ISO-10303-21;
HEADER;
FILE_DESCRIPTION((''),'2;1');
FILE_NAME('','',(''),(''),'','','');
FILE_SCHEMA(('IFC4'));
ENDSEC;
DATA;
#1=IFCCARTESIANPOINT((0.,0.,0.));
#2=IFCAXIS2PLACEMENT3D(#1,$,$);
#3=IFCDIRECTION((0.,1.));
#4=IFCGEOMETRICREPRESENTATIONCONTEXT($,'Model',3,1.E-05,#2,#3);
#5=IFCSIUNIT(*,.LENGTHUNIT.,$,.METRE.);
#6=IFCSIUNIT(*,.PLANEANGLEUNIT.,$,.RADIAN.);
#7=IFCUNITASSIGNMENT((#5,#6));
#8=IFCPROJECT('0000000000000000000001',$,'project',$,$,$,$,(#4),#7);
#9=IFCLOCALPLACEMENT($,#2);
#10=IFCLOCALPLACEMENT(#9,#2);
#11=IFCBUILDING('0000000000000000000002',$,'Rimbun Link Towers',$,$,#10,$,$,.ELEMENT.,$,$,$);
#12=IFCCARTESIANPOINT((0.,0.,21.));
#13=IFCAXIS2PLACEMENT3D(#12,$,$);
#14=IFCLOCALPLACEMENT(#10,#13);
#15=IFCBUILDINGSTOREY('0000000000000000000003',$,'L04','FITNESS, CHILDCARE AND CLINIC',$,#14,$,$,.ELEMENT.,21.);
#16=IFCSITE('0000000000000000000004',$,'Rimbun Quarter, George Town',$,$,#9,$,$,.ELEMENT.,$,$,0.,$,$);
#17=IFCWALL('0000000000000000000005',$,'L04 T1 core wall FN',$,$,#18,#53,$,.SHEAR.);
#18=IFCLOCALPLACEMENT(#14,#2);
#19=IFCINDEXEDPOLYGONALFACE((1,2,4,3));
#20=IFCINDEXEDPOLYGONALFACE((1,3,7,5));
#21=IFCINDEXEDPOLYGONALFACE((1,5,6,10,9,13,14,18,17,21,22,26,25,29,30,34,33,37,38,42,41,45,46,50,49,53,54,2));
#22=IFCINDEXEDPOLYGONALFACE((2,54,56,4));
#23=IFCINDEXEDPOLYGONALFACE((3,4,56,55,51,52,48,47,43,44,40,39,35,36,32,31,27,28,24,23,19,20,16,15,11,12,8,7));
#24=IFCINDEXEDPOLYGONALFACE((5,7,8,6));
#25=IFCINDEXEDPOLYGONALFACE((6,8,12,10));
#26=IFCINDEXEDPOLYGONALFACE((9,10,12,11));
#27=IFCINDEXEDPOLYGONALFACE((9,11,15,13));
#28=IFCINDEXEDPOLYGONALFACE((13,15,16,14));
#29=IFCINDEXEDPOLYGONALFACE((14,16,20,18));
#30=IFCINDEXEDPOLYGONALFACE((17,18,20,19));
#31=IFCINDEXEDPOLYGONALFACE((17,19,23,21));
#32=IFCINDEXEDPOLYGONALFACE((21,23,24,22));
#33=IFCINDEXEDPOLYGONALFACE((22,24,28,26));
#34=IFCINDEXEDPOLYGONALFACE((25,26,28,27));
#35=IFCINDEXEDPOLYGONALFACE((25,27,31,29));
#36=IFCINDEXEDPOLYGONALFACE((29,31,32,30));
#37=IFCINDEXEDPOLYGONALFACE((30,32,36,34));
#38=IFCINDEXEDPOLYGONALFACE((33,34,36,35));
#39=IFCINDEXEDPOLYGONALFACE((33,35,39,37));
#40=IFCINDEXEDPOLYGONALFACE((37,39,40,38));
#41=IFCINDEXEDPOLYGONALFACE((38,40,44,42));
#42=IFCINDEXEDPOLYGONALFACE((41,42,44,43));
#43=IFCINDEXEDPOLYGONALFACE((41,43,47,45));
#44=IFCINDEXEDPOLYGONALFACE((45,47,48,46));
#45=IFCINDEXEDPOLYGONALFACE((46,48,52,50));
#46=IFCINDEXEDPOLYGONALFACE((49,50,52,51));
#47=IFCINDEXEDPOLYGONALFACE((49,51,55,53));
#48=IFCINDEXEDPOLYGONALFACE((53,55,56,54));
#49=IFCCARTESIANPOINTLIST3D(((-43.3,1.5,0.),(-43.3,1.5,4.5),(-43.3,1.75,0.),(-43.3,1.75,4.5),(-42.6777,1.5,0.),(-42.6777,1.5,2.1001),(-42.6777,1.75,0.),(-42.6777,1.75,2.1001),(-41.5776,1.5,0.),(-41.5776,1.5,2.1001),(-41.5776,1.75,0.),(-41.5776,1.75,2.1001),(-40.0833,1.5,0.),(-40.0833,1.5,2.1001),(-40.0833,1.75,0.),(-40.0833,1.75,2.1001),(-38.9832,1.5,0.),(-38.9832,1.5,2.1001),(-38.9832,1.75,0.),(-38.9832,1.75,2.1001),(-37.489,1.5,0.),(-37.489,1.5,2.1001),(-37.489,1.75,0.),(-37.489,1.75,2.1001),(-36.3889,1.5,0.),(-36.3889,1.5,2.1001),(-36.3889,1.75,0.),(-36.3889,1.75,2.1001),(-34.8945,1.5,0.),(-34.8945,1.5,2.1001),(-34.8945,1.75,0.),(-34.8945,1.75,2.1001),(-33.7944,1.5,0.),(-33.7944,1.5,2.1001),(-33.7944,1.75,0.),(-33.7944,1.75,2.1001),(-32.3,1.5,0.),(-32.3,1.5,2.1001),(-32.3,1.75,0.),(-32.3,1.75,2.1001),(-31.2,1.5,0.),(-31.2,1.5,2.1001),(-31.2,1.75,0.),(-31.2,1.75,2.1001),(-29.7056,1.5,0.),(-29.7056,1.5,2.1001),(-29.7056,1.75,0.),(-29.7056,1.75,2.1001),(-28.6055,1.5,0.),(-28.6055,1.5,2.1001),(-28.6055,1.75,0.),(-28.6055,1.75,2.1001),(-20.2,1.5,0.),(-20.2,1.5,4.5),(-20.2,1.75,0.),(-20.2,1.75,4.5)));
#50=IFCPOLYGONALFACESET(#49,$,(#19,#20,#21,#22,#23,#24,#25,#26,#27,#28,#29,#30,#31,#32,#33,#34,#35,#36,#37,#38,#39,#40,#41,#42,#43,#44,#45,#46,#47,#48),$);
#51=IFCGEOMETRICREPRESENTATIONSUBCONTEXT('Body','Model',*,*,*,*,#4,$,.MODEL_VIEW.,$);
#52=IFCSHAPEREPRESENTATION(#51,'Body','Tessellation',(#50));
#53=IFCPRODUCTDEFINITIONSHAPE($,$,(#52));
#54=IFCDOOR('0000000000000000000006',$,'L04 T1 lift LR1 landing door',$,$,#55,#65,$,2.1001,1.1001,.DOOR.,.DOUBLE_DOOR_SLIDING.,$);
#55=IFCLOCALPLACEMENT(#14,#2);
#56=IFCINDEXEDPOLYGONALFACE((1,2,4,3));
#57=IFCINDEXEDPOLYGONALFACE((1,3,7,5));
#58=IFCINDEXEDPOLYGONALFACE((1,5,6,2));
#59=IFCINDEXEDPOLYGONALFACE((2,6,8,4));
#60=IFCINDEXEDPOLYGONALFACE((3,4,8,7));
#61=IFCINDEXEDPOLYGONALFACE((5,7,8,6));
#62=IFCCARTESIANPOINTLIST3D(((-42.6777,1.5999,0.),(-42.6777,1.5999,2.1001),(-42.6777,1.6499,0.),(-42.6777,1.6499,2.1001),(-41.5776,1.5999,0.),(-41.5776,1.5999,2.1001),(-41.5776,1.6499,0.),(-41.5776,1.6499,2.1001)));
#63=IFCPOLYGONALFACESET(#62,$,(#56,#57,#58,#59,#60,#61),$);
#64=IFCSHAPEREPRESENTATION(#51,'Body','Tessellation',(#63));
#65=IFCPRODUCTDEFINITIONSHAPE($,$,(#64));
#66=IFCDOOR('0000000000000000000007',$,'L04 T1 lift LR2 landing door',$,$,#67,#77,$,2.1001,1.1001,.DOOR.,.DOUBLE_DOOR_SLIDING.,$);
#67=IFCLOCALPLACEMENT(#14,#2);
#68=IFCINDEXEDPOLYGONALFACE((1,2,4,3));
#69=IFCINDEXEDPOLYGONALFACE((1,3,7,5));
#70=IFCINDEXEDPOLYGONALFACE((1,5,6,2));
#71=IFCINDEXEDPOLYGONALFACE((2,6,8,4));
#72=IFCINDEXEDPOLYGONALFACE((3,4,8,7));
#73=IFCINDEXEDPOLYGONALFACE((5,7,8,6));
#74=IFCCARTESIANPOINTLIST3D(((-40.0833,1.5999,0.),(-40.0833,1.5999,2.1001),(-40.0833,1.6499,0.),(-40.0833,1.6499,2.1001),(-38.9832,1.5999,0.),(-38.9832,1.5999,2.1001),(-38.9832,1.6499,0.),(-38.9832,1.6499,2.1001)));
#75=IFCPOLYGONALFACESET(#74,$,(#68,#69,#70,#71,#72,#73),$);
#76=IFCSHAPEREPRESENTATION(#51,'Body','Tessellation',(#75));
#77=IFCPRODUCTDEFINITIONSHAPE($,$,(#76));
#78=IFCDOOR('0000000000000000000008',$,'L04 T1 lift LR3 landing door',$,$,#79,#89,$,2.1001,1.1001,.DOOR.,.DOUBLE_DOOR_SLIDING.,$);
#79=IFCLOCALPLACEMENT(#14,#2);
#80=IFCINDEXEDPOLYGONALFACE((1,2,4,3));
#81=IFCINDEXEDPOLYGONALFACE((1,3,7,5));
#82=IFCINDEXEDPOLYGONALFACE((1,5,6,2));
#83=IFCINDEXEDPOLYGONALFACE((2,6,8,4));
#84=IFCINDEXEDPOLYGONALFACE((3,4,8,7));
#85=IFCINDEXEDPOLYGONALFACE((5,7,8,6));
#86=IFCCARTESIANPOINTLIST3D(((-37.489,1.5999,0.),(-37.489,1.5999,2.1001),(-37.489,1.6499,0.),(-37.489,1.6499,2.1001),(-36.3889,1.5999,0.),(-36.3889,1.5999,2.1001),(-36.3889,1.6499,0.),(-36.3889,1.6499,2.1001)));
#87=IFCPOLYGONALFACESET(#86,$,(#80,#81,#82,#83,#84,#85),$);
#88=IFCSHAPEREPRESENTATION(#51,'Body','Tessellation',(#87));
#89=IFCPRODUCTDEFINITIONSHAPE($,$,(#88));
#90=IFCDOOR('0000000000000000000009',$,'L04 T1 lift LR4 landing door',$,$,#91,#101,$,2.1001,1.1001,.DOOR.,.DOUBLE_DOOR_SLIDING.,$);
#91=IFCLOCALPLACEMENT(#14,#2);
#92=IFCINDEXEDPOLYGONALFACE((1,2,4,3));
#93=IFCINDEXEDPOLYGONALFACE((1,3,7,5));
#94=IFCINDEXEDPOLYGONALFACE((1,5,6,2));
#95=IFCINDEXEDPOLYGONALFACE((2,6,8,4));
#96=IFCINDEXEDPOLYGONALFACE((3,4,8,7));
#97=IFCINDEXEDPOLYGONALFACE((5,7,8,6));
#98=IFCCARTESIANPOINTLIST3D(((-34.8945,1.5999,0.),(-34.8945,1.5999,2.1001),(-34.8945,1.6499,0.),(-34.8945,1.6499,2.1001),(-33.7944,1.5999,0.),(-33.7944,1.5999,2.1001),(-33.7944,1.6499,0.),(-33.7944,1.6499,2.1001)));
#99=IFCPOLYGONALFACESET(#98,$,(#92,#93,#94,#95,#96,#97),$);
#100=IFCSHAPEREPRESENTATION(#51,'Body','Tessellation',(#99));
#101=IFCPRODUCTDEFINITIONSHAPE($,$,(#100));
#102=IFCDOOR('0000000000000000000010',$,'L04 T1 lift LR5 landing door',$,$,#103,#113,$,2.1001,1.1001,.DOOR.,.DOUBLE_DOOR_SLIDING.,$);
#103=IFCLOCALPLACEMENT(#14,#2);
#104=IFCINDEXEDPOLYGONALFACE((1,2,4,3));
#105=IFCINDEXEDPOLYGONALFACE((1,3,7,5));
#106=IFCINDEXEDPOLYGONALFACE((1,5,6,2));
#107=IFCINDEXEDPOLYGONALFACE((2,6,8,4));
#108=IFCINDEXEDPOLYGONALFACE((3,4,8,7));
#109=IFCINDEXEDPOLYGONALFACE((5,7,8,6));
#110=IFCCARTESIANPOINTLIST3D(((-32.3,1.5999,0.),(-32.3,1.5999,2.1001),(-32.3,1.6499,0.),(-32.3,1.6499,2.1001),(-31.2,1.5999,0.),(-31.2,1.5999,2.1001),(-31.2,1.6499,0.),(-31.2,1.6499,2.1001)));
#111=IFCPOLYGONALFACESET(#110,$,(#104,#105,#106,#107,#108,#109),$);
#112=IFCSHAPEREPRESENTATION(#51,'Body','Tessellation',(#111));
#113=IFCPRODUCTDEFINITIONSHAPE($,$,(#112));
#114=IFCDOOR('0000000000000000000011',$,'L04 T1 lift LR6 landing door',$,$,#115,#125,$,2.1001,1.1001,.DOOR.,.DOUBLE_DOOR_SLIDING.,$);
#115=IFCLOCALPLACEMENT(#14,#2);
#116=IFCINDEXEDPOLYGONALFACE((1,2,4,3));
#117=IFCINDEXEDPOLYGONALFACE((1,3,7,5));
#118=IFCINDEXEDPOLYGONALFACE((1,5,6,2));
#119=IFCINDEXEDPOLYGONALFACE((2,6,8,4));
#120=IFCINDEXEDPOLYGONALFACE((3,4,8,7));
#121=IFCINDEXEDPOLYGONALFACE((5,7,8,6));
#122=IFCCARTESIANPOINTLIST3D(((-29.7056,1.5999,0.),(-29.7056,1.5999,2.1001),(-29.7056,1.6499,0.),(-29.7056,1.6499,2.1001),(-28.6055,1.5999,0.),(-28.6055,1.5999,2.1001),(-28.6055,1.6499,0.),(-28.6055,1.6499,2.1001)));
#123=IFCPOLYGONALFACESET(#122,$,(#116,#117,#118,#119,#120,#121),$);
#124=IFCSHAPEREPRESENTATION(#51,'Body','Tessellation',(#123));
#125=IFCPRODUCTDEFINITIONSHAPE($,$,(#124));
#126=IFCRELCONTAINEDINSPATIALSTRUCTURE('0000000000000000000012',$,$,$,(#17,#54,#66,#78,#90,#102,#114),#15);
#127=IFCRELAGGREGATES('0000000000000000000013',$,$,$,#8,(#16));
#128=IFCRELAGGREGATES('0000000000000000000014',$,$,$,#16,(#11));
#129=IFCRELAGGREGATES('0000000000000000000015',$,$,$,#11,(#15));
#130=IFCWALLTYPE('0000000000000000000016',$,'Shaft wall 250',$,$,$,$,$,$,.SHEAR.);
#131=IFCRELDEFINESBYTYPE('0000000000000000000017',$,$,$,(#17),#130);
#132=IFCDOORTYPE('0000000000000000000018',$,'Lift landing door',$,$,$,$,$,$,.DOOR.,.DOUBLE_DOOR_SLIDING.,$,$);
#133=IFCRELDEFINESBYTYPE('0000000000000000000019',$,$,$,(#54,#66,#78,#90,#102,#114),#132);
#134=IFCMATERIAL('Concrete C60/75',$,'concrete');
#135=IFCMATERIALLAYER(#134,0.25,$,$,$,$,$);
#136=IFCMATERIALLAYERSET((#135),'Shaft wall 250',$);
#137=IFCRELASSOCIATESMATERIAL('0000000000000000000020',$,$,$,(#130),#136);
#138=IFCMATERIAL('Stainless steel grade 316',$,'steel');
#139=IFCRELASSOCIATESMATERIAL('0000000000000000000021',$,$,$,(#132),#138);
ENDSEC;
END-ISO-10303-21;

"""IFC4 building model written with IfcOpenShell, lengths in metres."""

from ifc_helpers import new_model, si_unit, direction, frame, frame_2d, origin, place, context, subcontext, project, spatial, rectangle, extrude, material, layer, layer_set, type_object, element, fill, save


model = new_model("IFC4")

# Units and contexts
model_context = context("Model", 3, precision=1e-05, world=origin(), true_north=direction((0.0, 1.0)))
body_context = subcontext(model_context, "Body", "Model", "MODEL_VIEW")
ifc_project = project(units=[si_unit("LENGTHUNIT", "METRE"), si_unit("PLANEANGLEUNIT", "RADIAN")], contexts=[model_context])

# Site, building, storey
site_placement = place(None, origin())
site = spatial("IfcSite", under=ifc_project, at=site_placement, Name="Rimbun Quarter, George Town", CompositionType="ELEMENT", RefElevation=0.0)
building_placement = place(site_placement, origin())
building = spatial("IfcBuilding", under=site, at=building_placement, Name="Rimbun Link Towers", CompositionType="ELEMENT")
storey_placement = place(building_placement, frame((0.0, 0.0, 21.0)))
storey = spatial("IfcBuildingStorey", under=building, at=storey_placement, Name="L04", Description="FITNESS, CHILDCARE AND CLINIC", CompositionType="ELEMENT", Elevation=21.0)

# Shared definitions
ifc_material_1 = material(Name="Concrete C60/75", Category="concrete")
ifc_layer = layer(ifc_material_1, 0.25)
ifc_layer_set = layer_set([ifc_layer], Name="Shaft wall 250")
wall_type = type_object("IfcWallType", Name="Shaft wall 250", PredefinedType="SHEAR", material=ifc_layer_set)

# Wall, openings, doors
wall_1_placement = place(storey_placement, frame((-43.3, 1.625, 0.0), z_axis=(0.0, 0.0, 1.0), x_axis=(1.0, 0.0, 0.0)))
wall_1 = element("IfcWall", 1, at=wall_1_placement, inside=storey, type_object=wall_type, Name="L04 T1 core wall FN", PredefinedType="SHEAR", context=body_context, shape_type="SweptSolid", body=[
    extrude(rectangle(XDim=23.1001, YDim=0.25, at=frame_2d((11.55, 0.0))), origin(), (0.0, 0.0, 1.0), 4.5),
])
opening_1_placement = place(wall_1_placement, frame((0.6223, 0.0, 0.0)))
opening_1 = element("IfcOpeningElement", 2, at=opening_1_placement, cuts=wall_1, PredefinedType="OPENING", context=body_context, shape_type="SweptSolid", body=[
    extrude(rectangle(XDim=1.1001, YDim=2.1001, at=frame_2d((0.55, 1.05))), frame((0.0, 0.135, 0.0), z_axis=(0.0, -1.0, 0.0), x_axis=(1.0, 0.0, 0.0)), (0.0, 0.0, 1.0), 0.27),
])
opening_2_placement = place(wall_1_placement, frame((3.2168, 0.0, 0.0)))
opening_2 = element("IfcOpeningElement", 3, at=opening_2_placement, cuts=wall_1, PredefinedType="OPENING", context=body_context, shape_type="SweptSolid", body=[
    extrude(rectangle(XDim=1.1001, YDim=2.1001, at=frame_2d((0.55, 1.05))), frame((0.0, 0.135, 0.0), z_axis=(0.0, -1.0, 0.0), x_axis=(1.0, 0.0, 0.0)), (0.0, 0.0, 1.0), 0.27),
])
opening_3_placement = place(wall_1_placement, frame((5.811, 0.0, 0.0)))
opening_3 = element("IfcOpeningElement", 4, at=opening_3_placement, cuts=wall_1, PredefinedType="OPENING", context=body_context, shape_type="SweptSolid", body=[
    extrude(rectangle(XDim=1.1001, YDim=2.1001, at=frame_2d((0.55, 1.05))), frame((0.0, 0.135, 0.0), z_axis=(0.0, -1.0, 0.0), x_axis=(1.0, 0.0, 0.0)), (0.0, 0.0, 1.0), 0.27),
])
opening_4_placement = place(wall_1_placement, frame((8.4055, 0.0, 0.0)))
opening_4 = element("IfcOpeningElement", 5, at=opening_4_placement, cuts=wall_1, PredefinedType="OPENING", context=body_context, shape_type="SweptSolid", body=[
    extrude(rectangle(XDim=1.1001, YDim=2.1001, at=frame_2d((0.55, 1.05))), frame((0.0, 0.135, 0.0), z_axis=(0.0, -1.0, 0.0), x_axis=(1.0, 0.0, 0.0)), (0.0, 0.0, 1.0), 0.27),
])
opening_5_placement = place(wall_1_placement, frame((11.0, 0.0, 0.0)))
opening_5 = element("IfcOpeningElement", 6, at=opening_5_placement, cuts=wall_1, PredefinedType="OPENING", context=body_context, shape_type="SweptSolid", body=[
    extrude(rectangle(XDim=1.1001, YDim=2.1001, at=frame_2d((0.55, 1.05))), frame((0.0, 0.135, 0.0), z_axis=(0.0, -1.0, 0.0), x_axis=(1.0, 0.0, 0.0)), (0.0, 0.0, 1.0), 0.27),
])
opening_6_placement = place(wall_1_placement, frame((13.5945, 0.0, 0.0)))
opening_6 = element("IfcOpeningElement", 7, at=opening_6_placement, cuts=wall_1, PredefinedType="OPENING", context=body_context, shape_type="SweptSolid", body=[
    extrude(rectangle(XDim=1.1001, YDim=2.1001, at=frame_2d((0.55, 1.05))), frame((0.0, 0.135, 0.0), z_axis=(0.0, -1.0, 0.0), x_axis=(1.0, 0.0, 0.0)), (0.0, 0.0, 1.0), 0.27),
])
ifc_material_2 = material(Name="Stainless steel grade 316", Category="steel")
door_type_1 = type_object("IfcDoorType", Name="Lift landing door", OperationType="DOUBLE_DOOR_SLIDING", PredefinedType="DOOR", material=ifc_material_2)
door_1_placement = place(opening_1_placement, origin())
door_1 = element("IfcDoor", 8, at=door_1_placement, inside=storey, type_object=door_type_1, Name="L04 T1 lift LR1 landing door", OperationType="DOUBLE_DOOR_SLIDING", OverallHeight=2.1001, OverallWidth=1.1001, PredefinedType="DOOR", context=body_context, shape_type="SweptSolid", body=[
    extrude(rectangle(XDim=1.1001, YDim=2.1001, at=frame_2d((0.55, 1.05))), frame((0.0, 0.0249, 0.0), z_axis=(0.0, -1.0, 0.0), x_axis=(1.0, 0.0, 0.0)), (0.0, 0.0, 1.0), 0.05),
])
fill(opening_1, door_1)
door_2_placement = place(opening_2_placement, origin())
door_2 = element("IfcDoor", 9, at=door_2_placement, inside=storey, type_object=door_type_1, Name="L04 T1 lift LR2 landing door", OperationType="DOUBLE_DOOR_SLIDING", OverallHeight=2.1001, OverallWidth=1.1001, PredefinedType="DOOR", context=body_context, shape_type="SweptSolid", body=[
    extrude(rectangle(XDim=1.1001, YDim=2.1001, at=frame_2d((0.55, 1.05))), frame((0.0, 0.0249, 0.0), z_axis=(0.0, -1.0, 0.0), x_axis=(1.0, 0.0, 0.0)), (0.0, 0.0, 1.0), 0.05),
])
fill(opening_2, door_2)
door_3_placement = place(opening_3_placement, origin())
door_3 = element("IfcDoor", 10, at=door_3_placement, inside=storey, type_object=door_type_1, Name="L04 T1 lift LR3 landing door", OperationType="DOUBLE_DOOR_SLIDING", OverallHeight=2.1001, OverallWidth=1.1001, PredefinedType="DOOR", context=body_context, shape_type="SweptSolid", body=[
    extrude(rectangle(XDim=1.1001, YDim=2.1001, at=frame_2d((0.55, 1.05))), frame((0.0, 0.0249, 0.0), z_axis=(0.0, -1.0, 0.0), x_axis=(1.0, 0.0, 0.0)), (0.0, 0.0, 1.0), 0.05),
])
fill(opening_3, door_3)
door_4_placement = place(opening_4_placement, origin())
door_4 = element("IfcDoor", 11, at=door_4_placement, inside=storey, type_object=door_type_1, Name="L04 T1 lift LR4 landing door", OperationType="DOUBLE_DOOR_SLIDING", OverallHeight=2.1001, OverallWidth=1.1001, PredefinedType="DOOR", context=body_context, shape_type="SweptSolid", body=[
    extrude(rectangle(XDim=1.1001, YDim=2.1001, at=frame_2d((0.55, 1.05))), frame((0.0, 0.0249, 0.0), z_axis=(0.0, -1.0, 0.0), x_axis=(1.0, 0.0, 0.0)), (0.0, 0.0, 1.0), 0.05),
])
fill(opening_4, door_4)
door_5_placement = place(opening_5_placement, origin())
door_5 = element("IfcDoor", 12, at=door_5_placement, inside=storey, type_object=door_type_1, Name="L04 T1 lift LR5 landing door", OperationType="DOUBLE_DOOR_SLIDING", OverallHeight=2.1001, OverallWidth=1.1001, PredefinedType="DOOR", context=body_context, shape_type="SweptSolid", body=[
    extrude(rectangle(XDim=1.1001, YDim=2.1001, at=frame_2d((0.55, 1.05))), frame((0.0, 0.0249, 0.0), z_axis=(0.0, -1.0, 0.0), x_axis=(1.0, 0.0, 0.0)), (0.0, 0.0, 1.0), 0.05),
])
fill(opening_5, door_5)
door_6_placement = place(opening_6_placement, origin())
door_6 = element("IfcDoor", 13, at=door_6_placement, inside=storey, type_object=door_type_1, Name="L04 T1 lift LR6 landing door", OperationType="DOUBLE_DOOR_SLIDING", OverallHeight=2.1001, OverallWidth=1.1001, PredefinedType="DOOR", context=body_context, shape_type="SweptSolid", body=[
    extrude(rectangle(XDim=1.1001, YDim=2.1001, at=frame_2d((0.55, 1.05))), frame((0.0, 0.0249, 0.0), z_axis=(0.0, -1.0, 0.0), x_axis=(1.0, 0.0, 0.0)), (0.0, 0.0, 1.0), 0.05),
])
fill(opening_6, door_6)

save(model, "model.ifc")
